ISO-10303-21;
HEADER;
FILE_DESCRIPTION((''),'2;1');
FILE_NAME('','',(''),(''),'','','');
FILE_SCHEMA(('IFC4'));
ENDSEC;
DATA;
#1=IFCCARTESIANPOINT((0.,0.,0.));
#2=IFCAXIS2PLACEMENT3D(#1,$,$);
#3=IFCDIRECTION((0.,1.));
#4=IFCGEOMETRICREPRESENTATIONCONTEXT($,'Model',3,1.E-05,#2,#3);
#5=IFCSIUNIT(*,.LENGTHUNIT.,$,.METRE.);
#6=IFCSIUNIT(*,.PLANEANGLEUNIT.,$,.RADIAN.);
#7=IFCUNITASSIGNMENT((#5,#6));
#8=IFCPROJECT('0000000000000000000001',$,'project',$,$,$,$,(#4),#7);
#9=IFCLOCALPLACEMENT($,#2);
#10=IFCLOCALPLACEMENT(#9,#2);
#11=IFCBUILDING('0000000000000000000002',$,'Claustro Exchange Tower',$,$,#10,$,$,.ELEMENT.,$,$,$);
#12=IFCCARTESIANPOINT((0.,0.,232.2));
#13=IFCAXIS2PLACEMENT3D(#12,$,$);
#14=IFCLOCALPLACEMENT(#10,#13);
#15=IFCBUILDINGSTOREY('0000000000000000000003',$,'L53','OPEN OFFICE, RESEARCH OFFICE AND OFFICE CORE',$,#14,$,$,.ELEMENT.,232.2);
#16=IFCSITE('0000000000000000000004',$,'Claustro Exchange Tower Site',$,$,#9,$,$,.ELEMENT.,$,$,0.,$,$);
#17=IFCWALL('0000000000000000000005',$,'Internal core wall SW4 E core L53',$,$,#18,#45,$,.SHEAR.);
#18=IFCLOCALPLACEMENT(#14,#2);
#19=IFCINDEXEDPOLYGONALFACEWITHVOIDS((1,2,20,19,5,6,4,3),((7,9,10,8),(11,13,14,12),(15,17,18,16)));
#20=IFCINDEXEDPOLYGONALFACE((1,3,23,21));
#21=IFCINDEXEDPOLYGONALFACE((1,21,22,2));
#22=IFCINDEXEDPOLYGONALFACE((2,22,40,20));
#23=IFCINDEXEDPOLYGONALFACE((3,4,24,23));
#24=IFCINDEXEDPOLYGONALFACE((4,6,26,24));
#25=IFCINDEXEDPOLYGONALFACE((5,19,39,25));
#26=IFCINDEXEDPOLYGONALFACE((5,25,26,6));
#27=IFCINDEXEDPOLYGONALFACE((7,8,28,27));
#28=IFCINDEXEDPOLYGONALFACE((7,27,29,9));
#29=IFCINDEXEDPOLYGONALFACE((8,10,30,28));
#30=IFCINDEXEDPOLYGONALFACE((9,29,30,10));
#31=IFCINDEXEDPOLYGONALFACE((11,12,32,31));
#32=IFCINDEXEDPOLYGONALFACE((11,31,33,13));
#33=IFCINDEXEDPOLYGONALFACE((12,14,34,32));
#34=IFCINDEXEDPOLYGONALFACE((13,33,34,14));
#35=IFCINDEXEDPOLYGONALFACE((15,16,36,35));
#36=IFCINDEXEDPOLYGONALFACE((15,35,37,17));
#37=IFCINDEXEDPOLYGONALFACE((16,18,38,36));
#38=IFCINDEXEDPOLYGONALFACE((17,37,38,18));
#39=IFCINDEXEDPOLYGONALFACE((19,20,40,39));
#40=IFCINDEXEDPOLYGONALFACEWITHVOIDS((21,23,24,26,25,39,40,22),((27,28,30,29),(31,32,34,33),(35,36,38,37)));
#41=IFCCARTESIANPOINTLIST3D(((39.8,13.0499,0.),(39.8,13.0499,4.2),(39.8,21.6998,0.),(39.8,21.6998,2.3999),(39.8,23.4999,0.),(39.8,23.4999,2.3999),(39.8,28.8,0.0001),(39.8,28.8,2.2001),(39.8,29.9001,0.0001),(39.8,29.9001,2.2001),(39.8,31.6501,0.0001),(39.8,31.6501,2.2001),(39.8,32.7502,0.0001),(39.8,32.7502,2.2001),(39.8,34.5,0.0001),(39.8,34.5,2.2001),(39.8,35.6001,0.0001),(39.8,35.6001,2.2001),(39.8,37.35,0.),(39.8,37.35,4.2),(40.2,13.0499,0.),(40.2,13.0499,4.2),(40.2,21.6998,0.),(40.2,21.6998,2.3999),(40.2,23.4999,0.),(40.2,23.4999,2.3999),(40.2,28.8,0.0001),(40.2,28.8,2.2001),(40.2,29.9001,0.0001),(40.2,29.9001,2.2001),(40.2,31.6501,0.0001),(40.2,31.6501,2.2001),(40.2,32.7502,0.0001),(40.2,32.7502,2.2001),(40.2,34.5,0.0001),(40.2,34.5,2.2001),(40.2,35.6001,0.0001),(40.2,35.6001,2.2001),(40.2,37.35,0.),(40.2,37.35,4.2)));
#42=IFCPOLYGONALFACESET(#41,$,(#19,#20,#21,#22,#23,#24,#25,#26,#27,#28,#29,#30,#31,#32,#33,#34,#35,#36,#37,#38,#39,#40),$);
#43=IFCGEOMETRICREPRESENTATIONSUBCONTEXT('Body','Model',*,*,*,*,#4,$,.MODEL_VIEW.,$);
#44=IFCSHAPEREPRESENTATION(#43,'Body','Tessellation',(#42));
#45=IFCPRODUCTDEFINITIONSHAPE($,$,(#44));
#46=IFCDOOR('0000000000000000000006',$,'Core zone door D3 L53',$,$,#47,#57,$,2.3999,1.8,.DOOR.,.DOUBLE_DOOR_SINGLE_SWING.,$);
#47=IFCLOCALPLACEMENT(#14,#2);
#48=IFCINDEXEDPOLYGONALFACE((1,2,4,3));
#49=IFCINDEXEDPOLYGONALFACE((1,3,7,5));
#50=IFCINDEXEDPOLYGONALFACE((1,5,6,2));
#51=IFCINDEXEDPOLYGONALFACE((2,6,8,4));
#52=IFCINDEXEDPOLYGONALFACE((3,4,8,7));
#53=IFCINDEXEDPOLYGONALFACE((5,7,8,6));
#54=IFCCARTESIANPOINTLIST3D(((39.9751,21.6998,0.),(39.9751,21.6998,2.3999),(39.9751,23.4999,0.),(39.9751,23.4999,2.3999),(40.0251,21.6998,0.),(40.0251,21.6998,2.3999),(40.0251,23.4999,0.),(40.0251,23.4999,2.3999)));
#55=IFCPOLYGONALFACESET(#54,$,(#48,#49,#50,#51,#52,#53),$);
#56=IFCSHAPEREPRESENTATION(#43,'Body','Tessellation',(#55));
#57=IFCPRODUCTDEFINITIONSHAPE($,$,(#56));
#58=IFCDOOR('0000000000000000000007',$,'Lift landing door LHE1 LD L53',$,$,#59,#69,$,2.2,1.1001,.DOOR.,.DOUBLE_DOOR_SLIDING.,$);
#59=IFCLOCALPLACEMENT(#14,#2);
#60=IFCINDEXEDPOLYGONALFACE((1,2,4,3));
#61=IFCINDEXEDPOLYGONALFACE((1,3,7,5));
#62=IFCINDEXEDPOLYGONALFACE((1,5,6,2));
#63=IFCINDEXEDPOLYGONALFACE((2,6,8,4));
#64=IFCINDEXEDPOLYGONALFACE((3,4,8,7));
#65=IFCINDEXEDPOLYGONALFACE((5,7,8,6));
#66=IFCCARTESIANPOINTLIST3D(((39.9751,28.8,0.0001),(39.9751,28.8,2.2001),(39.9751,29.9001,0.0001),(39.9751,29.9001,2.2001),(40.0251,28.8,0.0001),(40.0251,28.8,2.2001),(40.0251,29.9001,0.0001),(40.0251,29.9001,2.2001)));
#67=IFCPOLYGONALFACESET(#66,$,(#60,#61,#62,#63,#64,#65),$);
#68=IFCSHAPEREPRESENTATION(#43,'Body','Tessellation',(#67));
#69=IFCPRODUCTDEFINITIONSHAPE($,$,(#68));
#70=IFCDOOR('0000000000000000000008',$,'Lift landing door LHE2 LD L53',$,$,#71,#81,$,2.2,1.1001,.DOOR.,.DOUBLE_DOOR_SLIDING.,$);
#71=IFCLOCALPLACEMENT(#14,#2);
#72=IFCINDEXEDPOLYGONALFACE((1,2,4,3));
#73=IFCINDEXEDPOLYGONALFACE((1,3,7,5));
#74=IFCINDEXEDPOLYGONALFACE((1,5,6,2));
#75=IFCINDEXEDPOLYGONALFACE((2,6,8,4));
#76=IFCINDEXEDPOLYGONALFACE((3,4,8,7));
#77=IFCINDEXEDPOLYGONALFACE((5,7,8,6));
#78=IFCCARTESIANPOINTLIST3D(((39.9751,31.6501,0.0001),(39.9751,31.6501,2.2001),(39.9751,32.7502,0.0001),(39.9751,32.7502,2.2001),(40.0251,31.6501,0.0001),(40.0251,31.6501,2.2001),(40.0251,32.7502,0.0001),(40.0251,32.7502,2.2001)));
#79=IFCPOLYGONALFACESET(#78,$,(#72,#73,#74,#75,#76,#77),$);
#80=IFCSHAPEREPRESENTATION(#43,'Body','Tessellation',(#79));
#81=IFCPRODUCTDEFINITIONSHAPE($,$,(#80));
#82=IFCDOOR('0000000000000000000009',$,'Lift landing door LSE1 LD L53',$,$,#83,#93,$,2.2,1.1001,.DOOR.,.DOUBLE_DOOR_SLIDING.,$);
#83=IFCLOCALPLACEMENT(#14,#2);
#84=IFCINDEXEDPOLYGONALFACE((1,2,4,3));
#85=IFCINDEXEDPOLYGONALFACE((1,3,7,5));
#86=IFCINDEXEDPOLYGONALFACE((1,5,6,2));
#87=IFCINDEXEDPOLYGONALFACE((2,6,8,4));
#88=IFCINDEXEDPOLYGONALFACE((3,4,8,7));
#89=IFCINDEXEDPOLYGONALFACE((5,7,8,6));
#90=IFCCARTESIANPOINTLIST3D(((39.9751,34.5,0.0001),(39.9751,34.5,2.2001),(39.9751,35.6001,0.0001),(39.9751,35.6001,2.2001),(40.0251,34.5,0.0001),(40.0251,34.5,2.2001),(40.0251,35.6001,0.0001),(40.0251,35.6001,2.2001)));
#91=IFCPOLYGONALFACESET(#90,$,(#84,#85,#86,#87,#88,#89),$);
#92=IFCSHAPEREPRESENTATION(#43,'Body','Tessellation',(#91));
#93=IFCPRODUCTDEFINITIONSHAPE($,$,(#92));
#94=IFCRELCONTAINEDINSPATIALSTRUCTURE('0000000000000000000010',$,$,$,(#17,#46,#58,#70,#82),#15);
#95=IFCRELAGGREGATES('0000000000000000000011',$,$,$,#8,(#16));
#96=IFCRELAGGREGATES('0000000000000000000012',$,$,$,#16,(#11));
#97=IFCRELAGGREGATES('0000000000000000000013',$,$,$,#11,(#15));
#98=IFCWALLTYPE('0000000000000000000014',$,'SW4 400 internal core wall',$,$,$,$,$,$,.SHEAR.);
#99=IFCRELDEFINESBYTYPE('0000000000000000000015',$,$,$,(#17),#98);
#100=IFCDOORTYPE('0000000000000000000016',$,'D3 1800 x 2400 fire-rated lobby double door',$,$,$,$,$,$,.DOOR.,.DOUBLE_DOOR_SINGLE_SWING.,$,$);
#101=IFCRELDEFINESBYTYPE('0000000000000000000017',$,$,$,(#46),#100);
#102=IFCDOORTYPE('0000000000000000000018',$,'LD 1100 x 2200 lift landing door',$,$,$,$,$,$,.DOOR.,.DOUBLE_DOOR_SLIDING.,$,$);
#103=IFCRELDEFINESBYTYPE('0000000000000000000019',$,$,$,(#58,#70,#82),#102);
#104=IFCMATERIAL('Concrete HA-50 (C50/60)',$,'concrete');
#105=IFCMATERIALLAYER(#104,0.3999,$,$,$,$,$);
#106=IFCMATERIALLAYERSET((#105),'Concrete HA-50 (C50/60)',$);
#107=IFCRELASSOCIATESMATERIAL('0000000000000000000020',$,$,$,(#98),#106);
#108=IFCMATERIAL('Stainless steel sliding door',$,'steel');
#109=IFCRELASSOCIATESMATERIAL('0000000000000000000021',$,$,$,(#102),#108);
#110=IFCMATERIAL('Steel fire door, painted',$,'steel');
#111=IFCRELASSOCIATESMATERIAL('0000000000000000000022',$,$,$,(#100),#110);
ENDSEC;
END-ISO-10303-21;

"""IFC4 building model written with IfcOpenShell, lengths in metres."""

from ifc_helpers import new_model, si_unit, direction, frame, frame_2d, origin, place, context, subcontext, project, spatial, rectangle, extrude, material, layer, layer_set, type_object, element, fill, save


model = new_model("IFC4")

# Units and contexts
model_context = context("Model", 3, precision=1e-05, world=origin(), true_north=direction((0.0, 1.0)))
body_context = subcontext(model_context, "Body", "Model", "MODEL_VIEW")
ifc_project = project(units=[si_unit("LENGTHUNIT", "METRE"), si_unit("PLANEANGLEUNIT", "RADIAN")], contexts=[model_context])

# Site, building, storey
site_placement = place(None, origin())
site = spatial("IfcSite", under=ifc_project, at=site_placement, Name="Claustro Exchange Tower Site", CompositionType="ELEMENT", RefElevation=0.0)
building_placement = place(site_placement, origin())
building = spatial("IfcBuilding", under=site, at=building_placement, Name="Claustro Exchange Tower", CompositionType="ELEMENT")
storey_placement = place(building_placement, frame((0.0, 0.0, 232.2)))
storey = spatial("IfcBuildingStorey", under=building, at=storey_placement, Name="L53", Description="OPEN OFFICE, RESEARCH OFFICE AND OFFICE CORE", CompositionType="ELEMENT", Elevation=232.2)

# Wall, openings, doors
ifc_material_1 = material(Name="Concrete HA-50 (C50/60)", Category="concrete")
ifc_layer_1 = layer(ifc_material_1, 0.3999)
ifc_layer_set_1 = layer_set([ifc_layer_1], Name="Concrete HA-50 (C50/60)")
wall_type_1 = type_object("IfcWallType", Name="SW4 400 internal core wall", PredefinedType="SHEAR", material=ifc_layer_set_1)
ifc_material_2 = material(Name="Stainless steel sliding door", Category="steel")
door_type_1 = type_object("IfcDoorType", Name="LD 1100 x 2200 lift landing door", OperationType="DOUBLE_DOOR_SLIDING", PredefinedType="DOOR", material=ifc_material_2)
wall_1_placement = place(storey_placement, frame((40.0, 13.05, 0.0), z_axis=(0.0, 0.0, 1.0), x_axis=(0.0, 1.0, 0.0)))
wall_1 = element("IfcWall", 1, at=wall_1_placement, inside=storey, type_object=wall_type_1, Name="Internal core wall SW4 E core L53", PredefinedType="SHEAR", context=body_context, shape_type="SweptSolid", body=[
    extrude(rectangle(XDim=24.3, YDim=0.3999, at=frame_2d((12.1499, 0.0))), origin(), (0.0, 0.0, 1.0), 4.2),
])
opening_1_placement = place(wall_1_placement, frame((15.75, 0.0, 0.0)))
opening_1 = element("IfcOpeningElement", 2, at=opening_1_placement, cuts=wall_1, PredefinedType="OPENING", context=body_context, shape_type="SweptSolid", body=[
    extrude(rectangle(XDim=1.1001, YDim=2.2, at=frame_2d((0.55, 1.1001))), frame((0.0, 0.21, 0.0), z_axis=(0.0, -1.0, 0.0), x_axis=(1.0, 0.0, 0.0)), (0.0, 0.0, 1.0), 0.4199),
])
opening_2_placement = place(wall_1_placement, frame((18.6001, 0.0, 0.0)))
opening_2 = element("IfcOpeningElement", 3, at=opening_2_placement, cuts=wall_1, PredefinedType="OPENING", context=body_context, shape_type="SweptSolid", body=[
    extrude(rectangle(XDim=1.1001, YDim=2.2, at=frame_2d((0.55, 1.1001))), frame((0.0, 0.21, 0.0), z_axis=(0.0, -1.0, 0.0), x_axis=(1.0, 0.0, 0.0)), (0.0, 0.0, 1.0), 0.4199),
])
opening_3_placement = place(wall_1_placement, frame((21.45, 0.0, 0.0)))
opening_3 = element("IfcOpeningElement", 4, at=opening_3_placement, cuts=wall_1, PredefinedType="OPENING", context=body_context, shape_type="SweptSolid", body=[
    extrude(rectangle(XDim=1.1001, YDim=2.2, at=frame_2d((0.55, 1.1001))), frame((0.0, 0.21, 0.0), z_axis=(0.0, -1.0, 0.0), x_axis=(1.0, 0.0, 0.0)), (0.0, 0.0, 1.0), 0.4199),
])
opening_4_placement = place(wall_1_placement, frame((8.6499, 0.0, 0.0)))
opening_4 = element("IfcOpeningElement", 5, at=opening_4_placement, cuts=wall_1, PredefinedType="OPENING", context=body_context, shape_type="SweptSolid", body=[
    extrude(rectangle(XDim=1.8, YDim=2.3999, at=frame_2d((0.8999, 1.2))), frame((0.0, 0.21, 0.0), z_axis=(0.0, -1.0, 0.0), x_axis=(1.0, 0.0, 0.0)), (0.0, 0.0, 1.0), 0.4199),
])
ifc_material_3 = material(Name="Steel fire door, painted", Category="steel")
door_type_2 = type_object("IfcDoorType", Name="D3 1800 x 2400 fire-rated lobby double door", OperationType="DOUBLE_DOOR_SINGLE_SWING", PredefinedType="DOOR", material=ifc_material_3)
door_1_placement = place(opening_4_placement, origin())
door_1 = element("IfcDoor", 6, at=door_1_placement, inside=storey, type_object=door_type_2, Name="Core zone door D3 L53", OperationType="DOUBLE_DOOR_SINGLE_SWING", OverallHeight=2.3999, OverallWidth=1.8, PredefinedType="DOOR", context=body_context, shape_type="SweptSolid", body=[
    extrude(rectangle(XDim=1.8, YDim=2.3999, at=frame_2d((0.8999, 1.2))), frame((0.0, 0.0249, 0.0), z_axis=(0.0, -1.0, 0.0), x_axis=(1.0, 0.0, 0.0)), (0.0, 0.0, 1.0), 0.05),
])
fill(opening_4, door_1)
door_2_placement = place(opening_1_placement, origin())
door_2 = element("IfcDoor", 7, at=door_2_placement, inside=storey, type_object=door_type_1, Name="Lift landing door LHE1 LD L53", OperationType="DOUBLE_DOOR_SLIDING", OverallHeight=2.2, OverallWidth=1.1001, PredefinedType="DOOR", context=body_context, shape_type="SweptSolid", body=[
    extrude(rectangle(XDim=1.1001, YDim=2.2, at=frame_2d((0.55, 1.1001))), frame((0.0, 0.0249, 0.0), z_axis=(0.0, -1.0, 0.0), x_axis=(1.0, 0.0, 0.0)), (0.0, 0.0, 1.0), 0.05),
])
fill(opening_1, door_2)
door_3_placement = place(opening_2_placement, origin())
door_3 = element("IfcDoor", 8, at=door_3_placement, inside=storey, type_object=door_type_1, Name="Lift landing door LHE2 LD L53", OperationType="DOUBLE_DOOR_SLIDING", OverallHeight=2.2, OverallWidth=1.1001, PredefinedType="DOOR", context=body_context, shape_type="SweptSolid", body=[
    extrude(rectangle(XDim=1.1001, YDim=2.2, at=frame_2d((0.55, 1.1001))), frame((0.0, 0.0249, 0.0), z_axis=(0.0, -1.0, 0.0), x_axis=(1.0, 0.0, 0.0)), (0.0, 0.0, 1.0), 0.05),
])
fill(opening_2, door_3)
door_4_placement = place(opening_3_placement, origin())
door_4 = element("IfcDoor", 9, at=door_4_placement, inside=storey, type_object=door_type_1, Name="Lift landing door LSE1 LD L53", OperationType="DOUBLE_DOOR_SLIDING", OverallHeight=2.2, OverallWidth=1.1001, PredefinedType="DOOR", context=body_context, shape_type="SweptSolid", body=[
    extrude(rectangle(XDim=1.1001, YDim=2.2, at=frame_2d((0.55, 1.1001))), frame((0.0, 0.0249, 0.0), z_axis=(0.0, -1.0, 0.0), x_axis=(1.0, 0.0, 0.0)), (0.0, 0.0, 1.0), 0.05),
])
fill(opening_3, door_4)

save(model, "model.ifc")
